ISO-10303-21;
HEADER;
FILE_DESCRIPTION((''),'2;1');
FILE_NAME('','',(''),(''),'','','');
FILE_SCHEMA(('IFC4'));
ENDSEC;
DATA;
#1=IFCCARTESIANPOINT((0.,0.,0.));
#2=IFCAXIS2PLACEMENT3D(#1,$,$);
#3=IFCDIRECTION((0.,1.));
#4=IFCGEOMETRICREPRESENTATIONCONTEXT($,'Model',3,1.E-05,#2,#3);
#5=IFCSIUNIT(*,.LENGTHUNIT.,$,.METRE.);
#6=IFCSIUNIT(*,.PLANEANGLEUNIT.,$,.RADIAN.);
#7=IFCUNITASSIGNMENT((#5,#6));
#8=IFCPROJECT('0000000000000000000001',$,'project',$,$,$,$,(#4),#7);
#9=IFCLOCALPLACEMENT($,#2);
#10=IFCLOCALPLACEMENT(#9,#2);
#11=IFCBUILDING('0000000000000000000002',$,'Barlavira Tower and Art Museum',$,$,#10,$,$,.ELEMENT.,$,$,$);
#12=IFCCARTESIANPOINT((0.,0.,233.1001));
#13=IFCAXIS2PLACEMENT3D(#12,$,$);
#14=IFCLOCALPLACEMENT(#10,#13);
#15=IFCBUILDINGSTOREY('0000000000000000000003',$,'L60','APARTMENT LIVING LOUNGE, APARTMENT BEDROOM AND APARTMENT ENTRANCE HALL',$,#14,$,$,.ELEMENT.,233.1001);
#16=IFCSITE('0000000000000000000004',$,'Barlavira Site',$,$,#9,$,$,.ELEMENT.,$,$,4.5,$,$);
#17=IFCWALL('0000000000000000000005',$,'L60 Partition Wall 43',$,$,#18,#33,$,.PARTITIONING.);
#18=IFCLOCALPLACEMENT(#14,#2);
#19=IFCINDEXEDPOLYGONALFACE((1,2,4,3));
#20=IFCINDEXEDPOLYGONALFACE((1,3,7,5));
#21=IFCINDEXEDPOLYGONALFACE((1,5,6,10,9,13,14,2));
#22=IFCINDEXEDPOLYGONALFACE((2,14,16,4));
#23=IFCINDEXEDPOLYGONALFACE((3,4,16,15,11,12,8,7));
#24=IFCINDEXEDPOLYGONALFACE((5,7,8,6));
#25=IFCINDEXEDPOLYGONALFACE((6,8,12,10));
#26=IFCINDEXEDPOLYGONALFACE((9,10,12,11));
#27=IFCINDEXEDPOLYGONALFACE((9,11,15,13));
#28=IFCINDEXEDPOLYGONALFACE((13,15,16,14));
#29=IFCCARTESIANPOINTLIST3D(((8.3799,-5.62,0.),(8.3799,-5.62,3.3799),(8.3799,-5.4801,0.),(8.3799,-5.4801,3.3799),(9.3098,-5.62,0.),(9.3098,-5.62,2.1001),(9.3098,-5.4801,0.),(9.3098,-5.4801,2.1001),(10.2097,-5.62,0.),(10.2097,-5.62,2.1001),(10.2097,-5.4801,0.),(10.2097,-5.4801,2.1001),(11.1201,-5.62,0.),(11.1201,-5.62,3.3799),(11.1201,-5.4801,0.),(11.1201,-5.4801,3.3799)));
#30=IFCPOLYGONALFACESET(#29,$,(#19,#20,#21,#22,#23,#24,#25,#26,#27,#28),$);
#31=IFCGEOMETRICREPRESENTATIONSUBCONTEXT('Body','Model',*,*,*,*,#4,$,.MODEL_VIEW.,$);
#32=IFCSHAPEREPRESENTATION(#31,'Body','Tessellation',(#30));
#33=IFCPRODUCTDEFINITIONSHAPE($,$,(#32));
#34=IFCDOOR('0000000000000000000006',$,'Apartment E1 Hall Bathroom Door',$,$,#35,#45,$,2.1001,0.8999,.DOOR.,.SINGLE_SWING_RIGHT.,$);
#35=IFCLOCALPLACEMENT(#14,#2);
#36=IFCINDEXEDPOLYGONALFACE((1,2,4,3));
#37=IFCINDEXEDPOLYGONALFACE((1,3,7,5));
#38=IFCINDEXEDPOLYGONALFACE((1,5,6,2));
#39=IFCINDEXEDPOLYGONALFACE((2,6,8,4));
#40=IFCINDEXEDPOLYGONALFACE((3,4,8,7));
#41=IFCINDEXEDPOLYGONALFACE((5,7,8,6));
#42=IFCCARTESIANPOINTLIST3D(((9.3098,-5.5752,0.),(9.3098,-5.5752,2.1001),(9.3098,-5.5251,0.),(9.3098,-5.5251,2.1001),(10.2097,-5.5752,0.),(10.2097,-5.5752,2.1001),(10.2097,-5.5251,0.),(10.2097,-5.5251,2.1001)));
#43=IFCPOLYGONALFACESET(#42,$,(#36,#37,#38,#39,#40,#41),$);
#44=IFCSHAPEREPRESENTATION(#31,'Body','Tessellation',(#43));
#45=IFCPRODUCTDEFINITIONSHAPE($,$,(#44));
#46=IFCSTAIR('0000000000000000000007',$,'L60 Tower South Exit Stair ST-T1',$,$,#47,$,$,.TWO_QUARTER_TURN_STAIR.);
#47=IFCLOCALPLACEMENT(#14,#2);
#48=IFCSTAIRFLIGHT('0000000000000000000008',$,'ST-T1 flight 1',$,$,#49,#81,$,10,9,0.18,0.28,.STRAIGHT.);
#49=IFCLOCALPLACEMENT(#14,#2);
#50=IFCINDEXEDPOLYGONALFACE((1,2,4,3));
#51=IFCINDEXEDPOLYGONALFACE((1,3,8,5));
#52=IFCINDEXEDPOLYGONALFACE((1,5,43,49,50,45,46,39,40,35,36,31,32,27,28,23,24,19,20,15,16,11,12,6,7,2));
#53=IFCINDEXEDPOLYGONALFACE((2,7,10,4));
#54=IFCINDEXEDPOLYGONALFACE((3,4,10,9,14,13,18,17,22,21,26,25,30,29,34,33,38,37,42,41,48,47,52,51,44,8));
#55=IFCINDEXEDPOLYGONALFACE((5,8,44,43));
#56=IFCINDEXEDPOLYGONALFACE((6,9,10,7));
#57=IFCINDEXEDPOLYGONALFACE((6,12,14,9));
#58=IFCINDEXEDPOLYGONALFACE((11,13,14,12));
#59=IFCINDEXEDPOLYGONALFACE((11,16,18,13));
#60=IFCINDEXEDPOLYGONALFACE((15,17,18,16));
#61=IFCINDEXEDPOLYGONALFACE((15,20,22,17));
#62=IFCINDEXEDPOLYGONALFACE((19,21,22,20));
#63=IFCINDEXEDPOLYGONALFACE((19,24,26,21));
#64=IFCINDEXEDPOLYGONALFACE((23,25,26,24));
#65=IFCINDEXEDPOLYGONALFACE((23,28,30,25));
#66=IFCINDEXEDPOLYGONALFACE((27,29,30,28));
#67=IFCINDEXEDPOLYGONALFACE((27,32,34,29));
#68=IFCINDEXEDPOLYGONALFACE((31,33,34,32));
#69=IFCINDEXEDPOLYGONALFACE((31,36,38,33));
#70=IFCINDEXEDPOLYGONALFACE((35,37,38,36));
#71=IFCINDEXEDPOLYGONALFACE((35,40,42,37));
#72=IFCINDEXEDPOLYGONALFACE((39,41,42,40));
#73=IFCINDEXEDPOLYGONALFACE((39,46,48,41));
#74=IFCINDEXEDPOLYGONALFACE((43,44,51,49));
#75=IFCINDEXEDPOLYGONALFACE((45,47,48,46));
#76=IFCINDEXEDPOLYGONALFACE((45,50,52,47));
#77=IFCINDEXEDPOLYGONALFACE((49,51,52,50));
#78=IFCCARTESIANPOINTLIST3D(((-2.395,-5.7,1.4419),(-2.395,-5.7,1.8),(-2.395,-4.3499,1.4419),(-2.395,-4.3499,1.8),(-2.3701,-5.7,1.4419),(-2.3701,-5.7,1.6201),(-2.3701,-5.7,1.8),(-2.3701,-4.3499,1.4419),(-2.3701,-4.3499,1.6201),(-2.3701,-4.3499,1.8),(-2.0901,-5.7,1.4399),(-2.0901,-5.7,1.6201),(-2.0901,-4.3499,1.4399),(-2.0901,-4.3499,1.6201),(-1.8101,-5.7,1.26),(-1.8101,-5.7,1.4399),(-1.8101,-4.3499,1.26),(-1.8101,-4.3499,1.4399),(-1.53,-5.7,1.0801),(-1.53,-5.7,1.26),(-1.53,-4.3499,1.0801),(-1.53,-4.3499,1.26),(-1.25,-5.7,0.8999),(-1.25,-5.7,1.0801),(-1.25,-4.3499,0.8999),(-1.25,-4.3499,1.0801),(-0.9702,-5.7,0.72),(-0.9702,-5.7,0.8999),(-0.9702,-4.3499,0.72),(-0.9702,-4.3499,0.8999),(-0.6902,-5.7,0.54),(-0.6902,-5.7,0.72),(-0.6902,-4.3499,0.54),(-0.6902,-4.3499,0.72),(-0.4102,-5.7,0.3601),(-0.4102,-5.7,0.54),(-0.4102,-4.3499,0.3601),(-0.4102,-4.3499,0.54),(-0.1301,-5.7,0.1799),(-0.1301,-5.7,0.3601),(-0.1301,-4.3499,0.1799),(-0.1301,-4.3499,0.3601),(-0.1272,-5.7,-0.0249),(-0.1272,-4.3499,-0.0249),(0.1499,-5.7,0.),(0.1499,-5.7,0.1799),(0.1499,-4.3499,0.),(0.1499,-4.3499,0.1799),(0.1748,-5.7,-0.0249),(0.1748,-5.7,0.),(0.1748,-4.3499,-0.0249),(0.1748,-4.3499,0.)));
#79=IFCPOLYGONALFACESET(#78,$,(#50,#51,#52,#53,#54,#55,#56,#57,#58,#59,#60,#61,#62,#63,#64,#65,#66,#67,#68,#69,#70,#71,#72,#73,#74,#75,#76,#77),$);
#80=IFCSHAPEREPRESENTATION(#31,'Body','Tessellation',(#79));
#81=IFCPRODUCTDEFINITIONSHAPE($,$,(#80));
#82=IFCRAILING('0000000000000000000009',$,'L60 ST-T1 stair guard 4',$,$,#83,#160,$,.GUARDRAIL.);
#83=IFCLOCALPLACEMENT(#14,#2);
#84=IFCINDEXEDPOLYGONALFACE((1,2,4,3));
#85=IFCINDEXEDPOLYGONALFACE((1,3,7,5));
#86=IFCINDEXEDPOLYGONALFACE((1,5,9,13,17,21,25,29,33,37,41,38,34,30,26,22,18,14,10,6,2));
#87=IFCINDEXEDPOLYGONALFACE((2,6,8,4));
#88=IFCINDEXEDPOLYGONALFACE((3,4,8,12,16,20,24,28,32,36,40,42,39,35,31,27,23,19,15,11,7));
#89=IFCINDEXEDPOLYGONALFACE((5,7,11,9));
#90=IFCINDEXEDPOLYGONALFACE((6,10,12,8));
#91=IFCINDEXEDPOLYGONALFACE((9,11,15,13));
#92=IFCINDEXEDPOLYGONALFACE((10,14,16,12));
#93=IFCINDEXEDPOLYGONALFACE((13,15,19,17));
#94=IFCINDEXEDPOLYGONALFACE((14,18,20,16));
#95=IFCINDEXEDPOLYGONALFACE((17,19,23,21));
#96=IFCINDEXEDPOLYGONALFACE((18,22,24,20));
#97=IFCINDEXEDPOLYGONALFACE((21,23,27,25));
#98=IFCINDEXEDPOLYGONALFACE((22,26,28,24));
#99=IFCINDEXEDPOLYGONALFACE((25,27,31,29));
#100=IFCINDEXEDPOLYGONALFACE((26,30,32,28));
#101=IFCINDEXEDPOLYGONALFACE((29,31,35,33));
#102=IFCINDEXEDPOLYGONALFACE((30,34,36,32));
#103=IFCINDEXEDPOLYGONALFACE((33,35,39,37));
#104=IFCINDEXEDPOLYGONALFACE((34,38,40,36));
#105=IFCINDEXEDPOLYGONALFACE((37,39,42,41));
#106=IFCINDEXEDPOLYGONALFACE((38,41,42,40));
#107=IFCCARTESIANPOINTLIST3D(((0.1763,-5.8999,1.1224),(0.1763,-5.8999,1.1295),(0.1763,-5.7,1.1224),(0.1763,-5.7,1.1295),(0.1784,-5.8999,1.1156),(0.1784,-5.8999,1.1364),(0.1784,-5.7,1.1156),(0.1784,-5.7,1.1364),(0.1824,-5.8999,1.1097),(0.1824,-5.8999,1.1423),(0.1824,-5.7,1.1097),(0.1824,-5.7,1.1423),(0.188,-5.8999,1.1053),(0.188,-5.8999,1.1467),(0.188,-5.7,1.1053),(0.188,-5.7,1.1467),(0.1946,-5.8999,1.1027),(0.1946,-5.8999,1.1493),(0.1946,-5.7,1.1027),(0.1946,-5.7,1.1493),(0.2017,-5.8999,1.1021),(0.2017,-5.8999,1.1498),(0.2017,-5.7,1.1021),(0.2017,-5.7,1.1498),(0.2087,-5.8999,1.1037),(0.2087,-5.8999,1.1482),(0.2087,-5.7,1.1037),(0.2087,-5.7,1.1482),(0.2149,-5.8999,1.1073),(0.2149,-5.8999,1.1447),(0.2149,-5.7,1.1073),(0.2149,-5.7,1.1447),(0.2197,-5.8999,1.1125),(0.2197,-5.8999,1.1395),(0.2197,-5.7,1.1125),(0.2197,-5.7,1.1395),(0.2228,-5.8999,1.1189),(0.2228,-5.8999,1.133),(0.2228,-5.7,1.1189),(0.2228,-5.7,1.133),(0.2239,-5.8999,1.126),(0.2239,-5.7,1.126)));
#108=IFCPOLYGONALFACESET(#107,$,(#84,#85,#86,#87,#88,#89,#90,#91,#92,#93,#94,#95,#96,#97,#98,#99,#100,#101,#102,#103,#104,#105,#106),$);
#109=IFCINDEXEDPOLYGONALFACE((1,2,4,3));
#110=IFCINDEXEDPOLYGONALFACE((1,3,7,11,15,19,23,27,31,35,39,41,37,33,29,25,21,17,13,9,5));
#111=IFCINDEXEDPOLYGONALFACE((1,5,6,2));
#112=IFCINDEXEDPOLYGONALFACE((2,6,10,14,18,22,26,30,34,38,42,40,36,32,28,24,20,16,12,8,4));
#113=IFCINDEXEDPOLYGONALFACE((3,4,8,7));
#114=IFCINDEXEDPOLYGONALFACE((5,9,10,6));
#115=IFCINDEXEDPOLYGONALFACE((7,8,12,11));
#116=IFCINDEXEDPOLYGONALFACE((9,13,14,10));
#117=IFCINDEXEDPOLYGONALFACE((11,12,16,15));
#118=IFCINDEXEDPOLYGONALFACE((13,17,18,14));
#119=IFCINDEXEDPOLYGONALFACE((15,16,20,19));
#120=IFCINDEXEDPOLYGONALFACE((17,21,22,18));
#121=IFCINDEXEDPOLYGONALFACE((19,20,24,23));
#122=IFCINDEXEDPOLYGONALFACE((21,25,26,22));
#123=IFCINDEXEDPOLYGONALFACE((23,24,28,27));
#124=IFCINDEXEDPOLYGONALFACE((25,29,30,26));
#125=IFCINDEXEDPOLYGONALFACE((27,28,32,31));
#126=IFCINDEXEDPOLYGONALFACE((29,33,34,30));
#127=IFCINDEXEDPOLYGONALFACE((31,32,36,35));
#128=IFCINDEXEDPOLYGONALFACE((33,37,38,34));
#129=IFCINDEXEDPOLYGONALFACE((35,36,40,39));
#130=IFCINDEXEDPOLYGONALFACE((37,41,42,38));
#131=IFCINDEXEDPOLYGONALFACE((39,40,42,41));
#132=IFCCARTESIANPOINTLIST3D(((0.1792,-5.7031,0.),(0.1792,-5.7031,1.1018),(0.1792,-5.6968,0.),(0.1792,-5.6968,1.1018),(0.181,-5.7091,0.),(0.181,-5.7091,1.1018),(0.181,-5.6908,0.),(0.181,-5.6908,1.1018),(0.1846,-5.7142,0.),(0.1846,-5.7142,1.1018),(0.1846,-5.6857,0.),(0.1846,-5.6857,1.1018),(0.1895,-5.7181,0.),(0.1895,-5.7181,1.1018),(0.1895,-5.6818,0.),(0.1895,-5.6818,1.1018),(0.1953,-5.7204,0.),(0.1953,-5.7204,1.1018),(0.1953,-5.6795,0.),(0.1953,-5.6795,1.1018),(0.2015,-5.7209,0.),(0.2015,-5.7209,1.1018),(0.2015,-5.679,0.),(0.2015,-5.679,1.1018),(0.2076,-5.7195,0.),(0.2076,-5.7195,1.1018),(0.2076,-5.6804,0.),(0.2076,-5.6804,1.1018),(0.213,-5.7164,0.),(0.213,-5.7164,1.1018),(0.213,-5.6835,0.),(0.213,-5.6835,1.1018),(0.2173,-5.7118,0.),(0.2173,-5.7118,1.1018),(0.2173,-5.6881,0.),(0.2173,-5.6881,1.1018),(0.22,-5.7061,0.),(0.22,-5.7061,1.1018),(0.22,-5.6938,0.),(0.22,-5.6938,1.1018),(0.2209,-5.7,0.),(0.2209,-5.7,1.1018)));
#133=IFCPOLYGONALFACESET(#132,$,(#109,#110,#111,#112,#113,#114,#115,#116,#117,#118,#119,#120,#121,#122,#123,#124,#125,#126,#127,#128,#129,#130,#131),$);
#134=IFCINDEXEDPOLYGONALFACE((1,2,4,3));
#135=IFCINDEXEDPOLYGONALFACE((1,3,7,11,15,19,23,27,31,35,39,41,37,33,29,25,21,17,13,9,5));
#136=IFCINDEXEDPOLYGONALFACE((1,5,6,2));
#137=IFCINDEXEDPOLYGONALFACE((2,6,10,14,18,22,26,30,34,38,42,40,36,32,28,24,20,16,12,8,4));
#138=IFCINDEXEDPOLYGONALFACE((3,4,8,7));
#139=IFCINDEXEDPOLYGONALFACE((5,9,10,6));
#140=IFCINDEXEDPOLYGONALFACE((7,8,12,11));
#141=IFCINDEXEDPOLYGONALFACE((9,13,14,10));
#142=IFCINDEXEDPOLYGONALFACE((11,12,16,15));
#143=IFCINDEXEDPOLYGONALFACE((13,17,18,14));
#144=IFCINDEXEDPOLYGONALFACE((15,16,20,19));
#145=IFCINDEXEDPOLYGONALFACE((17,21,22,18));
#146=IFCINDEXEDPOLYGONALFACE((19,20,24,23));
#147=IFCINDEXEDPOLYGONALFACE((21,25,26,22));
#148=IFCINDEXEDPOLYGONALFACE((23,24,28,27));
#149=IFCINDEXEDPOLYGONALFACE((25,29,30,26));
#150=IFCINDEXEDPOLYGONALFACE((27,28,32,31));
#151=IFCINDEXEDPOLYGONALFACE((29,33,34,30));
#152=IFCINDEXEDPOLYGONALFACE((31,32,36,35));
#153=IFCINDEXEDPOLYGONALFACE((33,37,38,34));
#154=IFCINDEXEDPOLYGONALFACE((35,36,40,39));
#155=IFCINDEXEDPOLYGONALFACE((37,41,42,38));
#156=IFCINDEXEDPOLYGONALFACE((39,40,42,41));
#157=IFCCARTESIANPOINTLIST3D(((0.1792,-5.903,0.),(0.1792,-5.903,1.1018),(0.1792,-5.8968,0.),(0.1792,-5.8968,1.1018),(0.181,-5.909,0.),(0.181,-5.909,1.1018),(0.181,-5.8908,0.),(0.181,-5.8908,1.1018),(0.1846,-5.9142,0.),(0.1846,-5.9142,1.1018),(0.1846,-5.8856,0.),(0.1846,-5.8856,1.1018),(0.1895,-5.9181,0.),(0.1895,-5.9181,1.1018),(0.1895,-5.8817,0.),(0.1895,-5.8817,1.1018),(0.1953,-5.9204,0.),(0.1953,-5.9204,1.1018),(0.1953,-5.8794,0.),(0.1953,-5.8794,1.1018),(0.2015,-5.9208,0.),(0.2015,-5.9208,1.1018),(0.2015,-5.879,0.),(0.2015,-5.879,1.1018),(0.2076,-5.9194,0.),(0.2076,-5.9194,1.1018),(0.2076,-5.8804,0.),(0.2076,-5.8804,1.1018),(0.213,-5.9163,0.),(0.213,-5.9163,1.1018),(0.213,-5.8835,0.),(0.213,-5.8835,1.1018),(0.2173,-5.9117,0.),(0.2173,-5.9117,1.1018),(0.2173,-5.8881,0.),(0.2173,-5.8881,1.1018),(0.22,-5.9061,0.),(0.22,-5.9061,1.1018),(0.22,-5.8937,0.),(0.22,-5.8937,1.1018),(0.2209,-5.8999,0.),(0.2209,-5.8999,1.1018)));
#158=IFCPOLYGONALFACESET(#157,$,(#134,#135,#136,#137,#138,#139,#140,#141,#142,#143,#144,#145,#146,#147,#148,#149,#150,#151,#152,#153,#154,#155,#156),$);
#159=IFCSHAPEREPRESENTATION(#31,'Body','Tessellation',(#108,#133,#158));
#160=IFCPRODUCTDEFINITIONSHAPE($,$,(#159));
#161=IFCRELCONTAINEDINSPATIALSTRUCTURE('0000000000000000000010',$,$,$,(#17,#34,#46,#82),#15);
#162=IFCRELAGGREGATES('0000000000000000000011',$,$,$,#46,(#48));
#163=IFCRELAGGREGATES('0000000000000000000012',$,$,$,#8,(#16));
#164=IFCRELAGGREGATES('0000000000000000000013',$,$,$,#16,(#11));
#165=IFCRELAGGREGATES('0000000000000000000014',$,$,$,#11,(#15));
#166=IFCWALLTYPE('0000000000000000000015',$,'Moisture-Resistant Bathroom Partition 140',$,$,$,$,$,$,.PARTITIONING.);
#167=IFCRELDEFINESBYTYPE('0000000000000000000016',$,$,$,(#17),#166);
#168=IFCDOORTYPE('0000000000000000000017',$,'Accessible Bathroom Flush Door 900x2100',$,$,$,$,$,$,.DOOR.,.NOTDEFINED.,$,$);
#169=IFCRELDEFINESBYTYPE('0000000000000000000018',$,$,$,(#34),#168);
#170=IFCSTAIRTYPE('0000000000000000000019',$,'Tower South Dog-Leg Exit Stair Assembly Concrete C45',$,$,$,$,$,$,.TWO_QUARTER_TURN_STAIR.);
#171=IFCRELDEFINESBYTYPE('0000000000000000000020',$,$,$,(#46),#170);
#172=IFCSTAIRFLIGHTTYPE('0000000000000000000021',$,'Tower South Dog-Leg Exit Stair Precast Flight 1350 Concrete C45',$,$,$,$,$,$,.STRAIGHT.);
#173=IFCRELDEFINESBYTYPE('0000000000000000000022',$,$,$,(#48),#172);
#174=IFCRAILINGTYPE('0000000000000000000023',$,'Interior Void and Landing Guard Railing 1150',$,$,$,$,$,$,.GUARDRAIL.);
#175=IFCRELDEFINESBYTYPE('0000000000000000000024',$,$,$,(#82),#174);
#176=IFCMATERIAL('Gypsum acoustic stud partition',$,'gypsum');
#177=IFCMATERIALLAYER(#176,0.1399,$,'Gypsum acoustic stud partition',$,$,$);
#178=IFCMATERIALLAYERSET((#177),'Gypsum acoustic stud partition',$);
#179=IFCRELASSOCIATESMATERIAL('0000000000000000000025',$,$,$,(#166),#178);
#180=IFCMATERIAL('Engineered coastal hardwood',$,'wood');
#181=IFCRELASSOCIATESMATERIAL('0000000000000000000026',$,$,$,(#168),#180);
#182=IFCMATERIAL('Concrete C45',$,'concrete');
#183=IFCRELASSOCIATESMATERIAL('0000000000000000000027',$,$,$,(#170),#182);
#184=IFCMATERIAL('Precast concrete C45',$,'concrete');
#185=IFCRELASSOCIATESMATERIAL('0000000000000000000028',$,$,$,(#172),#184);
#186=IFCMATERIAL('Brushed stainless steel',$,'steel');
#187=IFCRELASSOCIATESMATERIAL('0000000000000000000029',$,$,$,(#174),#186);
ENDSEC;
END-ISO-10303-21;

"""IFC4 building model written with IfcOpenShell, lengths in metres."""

from ifc_helpers import new_model, si_unit, direction, frame, frame_2d, origin, origin_2d, place, context, subcontext, project, spatial, polyline, rectangle, circle, outline, extrude, material, layer, layer_set, type_object, element, fill, aggregate, save


model = new_model("IFC4")

# Units and contexts
model_context = context("Model", 3, precision=1e-05, world=origin(), true_north=direction((0.0, 1.0)))
body_context = subcontext(model_context, "Body", "Model", "MODEL_VIEW")
ifc_project = project(units=[si_unit("LENGTHUNIT", "METRE"), si_unit("PLANEANGLEUNIT", "RADIAN")], contexts=[model_context])

# Site, building, storey
site_placement = place(None, origin())
site = spatial("IfcSite", under=ifc_project, at=site_placement, Name="Barlavira Site", CompositionType="ELEMENT", RefElevation=4.5)
building_placement = place(site_placement, origin())
building = spatial("IfcBuilding", under=site, at=building_placement, Name="Barlavira Tower and Art Museum", CompositionType="ELEMENT")
storey_placement = place(building_placement, frame((0.0, 0.0, 233.1001)))
storey = spatial("IfcBuildingStorey", under=building, at=storey_placement, Name="L60", Description="APARTMENT LIVING LOUNGE, APARTMENT BEDROOM AND APARTMENT ENTRANCE HALL", CompositionType="ELEMENT", Elevation=233.1001)

# Shared definitions
ifc_material_1 = material(Name="Gypsum acoustic stud partition", Category="gypsum")
ifc_material_2 = material(Name="Engineered coastal hardwood", Category="wood")
ifc_material_3 = material(Name="Brushed stainless steel", Category="steel")

# Wall, opening, door
ifc_layer_1 = layer(ifc_material_1, 0.1399, Name="Gypsum acoustic stud partition")
ifc_layer_set_1 = layer_set([ifc_layer_1], Name="Gypsum acoustic stud partition")
wall_type_1 = type_object("IfcWallType", Name="Moisture-Resistant Bathroom Partition 140", PredefinedType="PARTITIONING", material=ifc_layer_set_1)
wall_1_placement = place(storey_placement, frame((8.3799, -5.55, 0.0), z_axis=(0.0, 0.0, 1.0), x_axis=(1.0, 0.0, 0.0)))
wall_1 = element("IfcWall", 1, at=wall_1_placement, inside=storey, type_object=wall_type_1, Name="L60 Partition Wall 43", PredefinedType="PARTITIONING", context=body_context, shape_type="SweptSolid", body=[
    extrude(rectangle(XDim=2.7402, YDim=0.1399, at=frame_2d((1.3701, 0.0))), origin(), (0.0, 0.0, 1.0), 3.3799),
])
opening_1_placement = place(wall_1_placement, frame((0.9299, 0.0, 0.0)))
opening_1 = element("IfcOpeningElement", 2, at=opening_1_placement, cuts=wall_1, PredefinedType="OPENING", context=body_context, shape_type="SweptSolid", body=[
    extrude(rectangle(XDim=0.8999, YDim=2.1001, at=frame_2d((0.45, 1.05))), frame((0.0, 0.0801, 0.0), z_axis=(0.0, -1.0, 0.0), x_axis=(1.0, 0.0, 0.0)), (0.0, 0.0, 1.0), 0.1599),
])
door_type_1 = type_object("IfcDoorType", Name="Accessible Bathroom Flush Door 900x2100", OperationType="NOTDEFINED", PredefinedType="DOOR", material=ifc_material_2)
door_1_placement = place(opening_1_placement, origin())
door_1 = element("IfcDoor", 3, at=door_1_placement, inside=storey, type_object=door_type_1, Name="Apartment E1 Hall Bathroom Door", OperationType="SINGLE_SWING_RIGHT", OverallHeight=2.1001, OverallWidth=0.8999, PredefinedType="DOOR", context=body_context, shape_type="SweptSolid", body=[
    extrude(rectangle(XDim=0.8999, YDim=2.1001, at=frame_2d((0.45, 1.05))), frame((0.0, 0.0249, 0.0), z_axis=(0.0, -1.0, 0.0), x_axis=(1.0, 0.0, 0.0)), (0.0, 0.0, 1.0), 0.05),
])
fill(opening_1, door_1)

# Stair, stair flight
ifc_material_4 = material(Name="Concrete C45", Category="concrete")
stair_type = type_object("IfcStairType", Name="Tower South Dog-Leg Exit Stair Assembly Concrete C45", PredefinedType="TWO_QUARTER_TURN_STAIR", material=ifc_material_4)
stair_placement = place(storey_placement, origin())
stair = element("IfcStair", 4, at=stair_placement, inside=storey, type_object=stair_type, Name="L60 Tower South Exit Stair ST-T1", PredefinedType="TWO_QUARTER_TURN_STAIR")
ifc_material_5 = material(Name="Precast concrete C45", Category="concrete")
stair_flight_type = type_object("IfcStairFlightType", Name="Tower South Dog-Leg Exit Stair Precast Flight 1350 Concrete C45", PredefinedType="STRAIGHT", material=ifc_material_5)
stair_flight_placement = place(storey_placement, frame((0.1499, -5.0249, 0.0), z_axis=(0.0, 0.0, 1.0), x_axis=(-1.0, 0.0, 0.0)))
stair_flight = element("IfcStairFlight", 5, at=stair_flight_placement, type_object=stair_flight_type, Name="ST-T1 flight 1", NumberOfRisers=10, NumberOfTreads=9, PredefinedType="STRAIGHT", RiserHeight=0.18, TreadLength=0.28, context=body_context, shape_type="SweptSolid", body=[
    extrude(outline(polyline([(-0.0249, 0.0), (0.0, 0.0), (0.0, 0.1799), (0.28, 0.1799), (0.28, 0.3601), (0.5601, 0.3601), (0.5601, 0.54), (0.8401, 0.54), (0.8401, 0.72), (1.1201, 0.72), (1.1201, 0.8999), (1.3999, 0.8999), (1.3999, 1.0801), (1.6799, 1.0801), (1.6799, 1.26), (1.96, 1.26), (1.96, 1.4399), (2.24, 1.4399), (2.24, 1.6201), (2.52, 1.6201), (2.52, 1.8), (2.5449, 1.8), (2.5449, 1.4419), (2.52, 1.4419), (0.2771, -0.0249), (-0.0249, -0.0249), (-0.0249, 0.0)])), frame((0.0, 0.675, 0.0), z_axis=(0.0, -1.0, 0.0), x_axis=(1.0, 0.0, 0.0)), (0.0, 0.0, 1.0), 1.3501),
])
aggregate(stair, [stair_flight])

# Railing
railing_type_1 = type_object("IfcRailingType", Name="Interior Void and Landing Guard Railing 1150", PredefinedType="GUARDRAIL", material=ifc_material_3)
railing_1_placement = place(storey_placement, frame((0.2, -5.7, 0.0)))
element("IfcRailing", 6, at=railing_1_placement, inside=storey, type_object=railing_type_1, Name="L60 ST-T1 stair guard 4", PredefinedType="GUARDRAIL", context=body_context, shape_type="SweptSolid", body=[
    extrude(circle(Radius=0.0239, at=origin_2d()), frame((0.0, 0.0, 1.126), z_axis=(0.0, -1.0, 0.0), x_axis=(1.0, 0.0, 0.0)), (0.0, 0.0, 1.0), 0.2),
    extrude(circle(Radius=0.021, at=origin_2d()), origin(), (0.0, 0.0, 1.0), 1.1018),
    extrude(circle(Radius=0.021, at=origin_2d()), frame((0.0, -0.2, 0.0)), (0.0, 0.0, 1.0), 1.1018),
])

save(model, "model.ifc")
